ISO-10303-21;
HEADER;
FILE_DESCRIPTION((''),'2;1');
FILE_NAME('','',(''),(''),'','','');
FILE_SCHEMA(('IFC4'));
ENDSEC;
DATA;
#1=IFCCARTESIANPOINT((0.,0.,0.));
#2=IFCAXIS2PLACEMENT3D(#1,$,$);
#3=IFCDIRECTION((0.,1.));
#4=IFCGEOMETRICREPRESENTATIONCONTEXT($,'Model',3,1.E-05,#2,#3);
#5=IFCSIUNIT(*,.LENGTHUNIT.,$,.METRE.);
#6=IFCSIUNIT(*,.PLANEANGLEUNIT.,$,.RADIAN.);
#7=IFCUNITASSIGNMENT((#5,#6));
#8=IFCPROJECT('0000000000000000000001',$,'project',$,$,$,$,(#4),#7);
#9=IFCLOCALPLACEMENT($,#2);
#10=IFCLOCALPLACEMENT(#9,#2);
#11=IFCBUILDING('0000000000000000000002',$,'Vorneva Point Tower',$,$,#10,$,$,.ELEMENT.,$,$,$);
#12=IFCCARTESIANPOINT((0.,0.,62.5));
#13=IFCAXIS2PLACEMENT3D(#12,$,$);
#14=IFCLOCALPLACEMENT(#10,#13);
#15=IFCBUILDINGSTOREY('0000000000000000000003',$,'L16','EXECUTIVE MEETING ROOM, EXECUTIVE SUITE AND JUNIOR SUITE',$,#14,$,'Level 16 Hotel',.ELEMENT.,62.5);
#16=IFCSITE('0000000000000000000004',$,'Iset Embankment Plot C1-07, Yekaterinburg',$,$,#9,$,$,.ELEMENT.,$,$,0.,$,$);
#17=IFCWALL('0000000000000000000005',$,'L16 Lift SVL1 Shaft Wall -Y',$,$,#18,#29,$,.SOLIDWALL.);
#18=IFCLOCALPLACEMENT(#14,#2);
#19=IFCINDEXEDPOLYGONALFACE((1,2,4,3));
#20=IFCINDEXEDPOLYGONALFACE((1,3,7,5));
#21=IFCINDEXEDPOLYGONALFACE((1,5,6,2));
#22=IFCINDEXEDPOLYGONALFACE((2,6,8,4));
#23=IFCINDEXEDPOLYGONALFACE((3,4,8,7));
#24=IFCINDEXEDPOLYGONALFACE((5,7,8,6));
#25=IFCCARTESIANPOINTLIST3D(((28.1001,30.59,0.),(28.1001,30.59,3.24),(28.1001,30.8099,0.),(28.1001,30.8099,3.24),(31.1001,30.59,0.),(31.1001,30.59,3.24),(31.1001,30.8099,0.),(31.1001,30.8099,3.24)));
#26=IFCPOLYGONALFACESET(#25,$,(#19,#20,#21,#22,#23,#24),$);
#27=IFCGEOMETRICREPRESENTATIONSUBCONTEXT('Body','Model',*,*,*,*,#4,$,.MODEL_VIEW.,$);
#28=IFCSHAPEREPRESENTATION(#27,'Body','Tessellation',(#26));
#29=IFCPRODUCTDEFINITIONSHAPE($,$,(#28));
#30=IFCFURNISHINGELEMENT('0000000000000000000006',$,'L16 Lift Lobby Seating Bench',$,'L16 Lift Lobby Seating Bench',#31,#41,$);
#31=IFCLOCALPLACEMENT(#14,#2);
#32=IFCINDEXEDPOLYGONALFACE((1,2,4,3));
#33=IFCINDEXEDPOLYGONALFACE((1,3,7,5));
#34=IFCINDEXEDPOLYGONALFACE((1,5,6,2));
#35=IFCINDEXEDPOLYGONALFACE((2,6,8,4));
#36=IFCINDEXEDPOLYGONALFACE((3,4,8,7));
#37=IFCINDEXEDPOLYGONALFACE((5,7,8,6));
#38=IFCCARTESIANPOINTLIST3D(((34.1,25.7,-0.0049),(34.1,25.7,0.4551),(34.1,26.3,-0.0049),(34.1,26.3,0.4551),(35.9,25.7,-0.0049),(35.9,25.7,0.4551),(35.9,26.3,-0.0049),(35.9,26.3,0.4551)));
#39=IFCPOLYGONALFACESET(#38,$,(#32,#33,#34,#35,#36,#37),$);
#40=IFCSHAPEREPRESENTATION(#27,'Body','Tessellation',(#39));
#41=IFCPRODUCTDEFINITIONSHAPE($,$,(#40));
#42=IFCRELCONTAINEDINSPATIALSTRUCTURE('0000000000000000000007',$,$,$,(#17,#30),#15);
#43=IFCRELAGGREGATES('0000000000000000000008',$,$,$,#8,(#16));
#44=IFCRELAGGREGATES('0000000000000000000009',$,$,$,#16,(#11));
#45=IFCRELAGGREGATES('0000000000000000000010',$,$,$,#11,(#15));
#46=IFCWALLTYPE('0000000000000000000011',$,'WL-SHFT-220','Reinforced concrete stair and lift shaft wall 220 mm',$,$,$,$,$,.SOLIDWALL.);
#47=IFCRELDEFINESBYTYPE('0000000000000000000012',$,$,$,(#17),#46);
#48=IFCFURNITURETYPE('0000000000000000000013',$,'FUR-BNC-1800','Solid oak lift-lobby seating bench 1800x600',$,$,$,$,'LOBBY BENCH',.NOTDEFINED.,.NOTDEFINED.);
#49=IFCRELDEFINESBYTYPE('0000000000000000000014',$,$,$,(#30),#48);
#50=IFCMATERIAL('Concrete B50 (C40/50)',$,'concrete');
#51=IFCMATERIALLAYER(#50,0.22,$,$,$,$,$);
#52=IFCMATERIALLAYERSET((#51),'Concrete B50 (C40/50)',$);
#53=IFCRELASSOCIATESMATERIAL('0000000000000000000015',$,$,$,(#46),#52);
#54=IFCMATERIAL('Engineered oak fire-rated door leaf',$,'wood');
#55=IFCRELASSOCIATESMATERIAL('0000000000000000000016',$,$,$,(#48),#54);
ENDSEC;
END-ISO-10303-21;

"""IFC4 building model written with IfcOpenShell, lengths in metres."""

from ifc_helpers import new_model, si_unit, direction, frame, frame_2d, origin, origin_2d, place, context, subcontext, project, spatial, rectangle, extrude, material, layer, layer_set, type_object, element, save


model = new_model("IFC4")

# Units and contexts
model_context = context("Model", 3, precision=1e-05, world=origin(), true_north=direction((0.0, 1.0)))
body_context = subcontext(model_context, "Body", "Model", "MODEL_VIEW")
ifc_project = project(units=[si_unit("LENGTHUNIT", "METRE"), si_unit("PLANEANGLEUNIT", "RADIAN")], contexts=[model_context])

# Site, building, storey
site_placement = place(None, origin())
site = spatial("IfcSite", under=ifc_project, at=site_placement, Name="Iset Embankment Plot C1-07, Yekaterinburg", CompositionType="ELEMENT", RefElevation=0.0)
building_placement = place(site_placement, origin())
building = spatial("IfcBuilding", under=site, at=building_placement, Name="Vorneva Point Tower", CompositionType="ELEMENT")
storey_placement = place(building_placement, frame((0.0, 0.0, 62.5)))
storey = spatial("IfcBuildingStorey", under=building, at=storey_placement, Name="L16", Description="EXECUTIVE MEETING ROOM, EXECUTIVE SUITE AND JUNIOR SUITE", LongName="Level 16 Hotel", CompositionType="ELEMENT", Elevation=62.5)

# Shared definitions
ifc_material_1 = material(Name="Concrete B50 (C40/50)", Category="concrete")
ifc_layer_1 = layer(ifc_material_1, 0.22)
ifc_layer_set_1 = layer_set([ifc_layer_1], Name="Concrete B50 (C40/50)")
wall_type_1 = type_object("IfcWallType", Name="WL-SHFT-220", Description="Reinforced concrete stair and lift shaft wall 220 mm", PredefinedType="SOLIDWALL", material=ifc_layer_set_1)

# Wall
wall_1_placement = place(storey_placement, frame((28.1001, 30.7, 0.0), z_axis=(0.0, 0.0, 1.0), x_axis=(1.0, 0.0, 0.0)))
element("IfcWall", 1, at=wall_1_placement, inside=storey, type_object=wall_type_1, Name="L16 Lift SVL1 Shaft Wall -Y", PredefinedType="SOLIDWALL", context=body_context, shape_type="SweptSolid", body=[
    extrude(rectangle(XDim=3.0, YDim=0.22, at=frame_2d((1.5, 0.0))), origin(), (0.0, 0.0, 1.0), 3.24),
])

# Furnishing element
ifc_material_2 = material(Name="Engineered oak fire-rated door leaf", Category="wood")
furniture_type = type_object("IfcFurnitureType", Name="FUR-BNC-1800", Description="Solid oak lift-lobby seating bench 1800x600", ElementType="LOBBY BENCH", AssemblyPlace="NOTDEFINED", PredefinedType="NOTDEFINED", material=ifc_material_2)
furnishing_placement = place(storey_placement, frame((35.0, 26.0, -0.0049), z_axis=(0.0, 0.0, 1.0), x_axis=(1.0, 0.0, 0.0)))
element("IfcFurnishingElement", 2, at=furnishing_placement, inside=storey, type_object=furniture_type, Name="L16 Lift Lobby Seating Bench", ObjectType="L16 Lift Lobby Seating Bench", context=body_context, shape_type="SweptSolid", body=[
    extrude(rectangle(XDim=1.8, YDim=0.6001, at=origin_2d()), origin(), (0.0, 0.0, 1.0), 0.46),
])

save(model, "model.ifc")
